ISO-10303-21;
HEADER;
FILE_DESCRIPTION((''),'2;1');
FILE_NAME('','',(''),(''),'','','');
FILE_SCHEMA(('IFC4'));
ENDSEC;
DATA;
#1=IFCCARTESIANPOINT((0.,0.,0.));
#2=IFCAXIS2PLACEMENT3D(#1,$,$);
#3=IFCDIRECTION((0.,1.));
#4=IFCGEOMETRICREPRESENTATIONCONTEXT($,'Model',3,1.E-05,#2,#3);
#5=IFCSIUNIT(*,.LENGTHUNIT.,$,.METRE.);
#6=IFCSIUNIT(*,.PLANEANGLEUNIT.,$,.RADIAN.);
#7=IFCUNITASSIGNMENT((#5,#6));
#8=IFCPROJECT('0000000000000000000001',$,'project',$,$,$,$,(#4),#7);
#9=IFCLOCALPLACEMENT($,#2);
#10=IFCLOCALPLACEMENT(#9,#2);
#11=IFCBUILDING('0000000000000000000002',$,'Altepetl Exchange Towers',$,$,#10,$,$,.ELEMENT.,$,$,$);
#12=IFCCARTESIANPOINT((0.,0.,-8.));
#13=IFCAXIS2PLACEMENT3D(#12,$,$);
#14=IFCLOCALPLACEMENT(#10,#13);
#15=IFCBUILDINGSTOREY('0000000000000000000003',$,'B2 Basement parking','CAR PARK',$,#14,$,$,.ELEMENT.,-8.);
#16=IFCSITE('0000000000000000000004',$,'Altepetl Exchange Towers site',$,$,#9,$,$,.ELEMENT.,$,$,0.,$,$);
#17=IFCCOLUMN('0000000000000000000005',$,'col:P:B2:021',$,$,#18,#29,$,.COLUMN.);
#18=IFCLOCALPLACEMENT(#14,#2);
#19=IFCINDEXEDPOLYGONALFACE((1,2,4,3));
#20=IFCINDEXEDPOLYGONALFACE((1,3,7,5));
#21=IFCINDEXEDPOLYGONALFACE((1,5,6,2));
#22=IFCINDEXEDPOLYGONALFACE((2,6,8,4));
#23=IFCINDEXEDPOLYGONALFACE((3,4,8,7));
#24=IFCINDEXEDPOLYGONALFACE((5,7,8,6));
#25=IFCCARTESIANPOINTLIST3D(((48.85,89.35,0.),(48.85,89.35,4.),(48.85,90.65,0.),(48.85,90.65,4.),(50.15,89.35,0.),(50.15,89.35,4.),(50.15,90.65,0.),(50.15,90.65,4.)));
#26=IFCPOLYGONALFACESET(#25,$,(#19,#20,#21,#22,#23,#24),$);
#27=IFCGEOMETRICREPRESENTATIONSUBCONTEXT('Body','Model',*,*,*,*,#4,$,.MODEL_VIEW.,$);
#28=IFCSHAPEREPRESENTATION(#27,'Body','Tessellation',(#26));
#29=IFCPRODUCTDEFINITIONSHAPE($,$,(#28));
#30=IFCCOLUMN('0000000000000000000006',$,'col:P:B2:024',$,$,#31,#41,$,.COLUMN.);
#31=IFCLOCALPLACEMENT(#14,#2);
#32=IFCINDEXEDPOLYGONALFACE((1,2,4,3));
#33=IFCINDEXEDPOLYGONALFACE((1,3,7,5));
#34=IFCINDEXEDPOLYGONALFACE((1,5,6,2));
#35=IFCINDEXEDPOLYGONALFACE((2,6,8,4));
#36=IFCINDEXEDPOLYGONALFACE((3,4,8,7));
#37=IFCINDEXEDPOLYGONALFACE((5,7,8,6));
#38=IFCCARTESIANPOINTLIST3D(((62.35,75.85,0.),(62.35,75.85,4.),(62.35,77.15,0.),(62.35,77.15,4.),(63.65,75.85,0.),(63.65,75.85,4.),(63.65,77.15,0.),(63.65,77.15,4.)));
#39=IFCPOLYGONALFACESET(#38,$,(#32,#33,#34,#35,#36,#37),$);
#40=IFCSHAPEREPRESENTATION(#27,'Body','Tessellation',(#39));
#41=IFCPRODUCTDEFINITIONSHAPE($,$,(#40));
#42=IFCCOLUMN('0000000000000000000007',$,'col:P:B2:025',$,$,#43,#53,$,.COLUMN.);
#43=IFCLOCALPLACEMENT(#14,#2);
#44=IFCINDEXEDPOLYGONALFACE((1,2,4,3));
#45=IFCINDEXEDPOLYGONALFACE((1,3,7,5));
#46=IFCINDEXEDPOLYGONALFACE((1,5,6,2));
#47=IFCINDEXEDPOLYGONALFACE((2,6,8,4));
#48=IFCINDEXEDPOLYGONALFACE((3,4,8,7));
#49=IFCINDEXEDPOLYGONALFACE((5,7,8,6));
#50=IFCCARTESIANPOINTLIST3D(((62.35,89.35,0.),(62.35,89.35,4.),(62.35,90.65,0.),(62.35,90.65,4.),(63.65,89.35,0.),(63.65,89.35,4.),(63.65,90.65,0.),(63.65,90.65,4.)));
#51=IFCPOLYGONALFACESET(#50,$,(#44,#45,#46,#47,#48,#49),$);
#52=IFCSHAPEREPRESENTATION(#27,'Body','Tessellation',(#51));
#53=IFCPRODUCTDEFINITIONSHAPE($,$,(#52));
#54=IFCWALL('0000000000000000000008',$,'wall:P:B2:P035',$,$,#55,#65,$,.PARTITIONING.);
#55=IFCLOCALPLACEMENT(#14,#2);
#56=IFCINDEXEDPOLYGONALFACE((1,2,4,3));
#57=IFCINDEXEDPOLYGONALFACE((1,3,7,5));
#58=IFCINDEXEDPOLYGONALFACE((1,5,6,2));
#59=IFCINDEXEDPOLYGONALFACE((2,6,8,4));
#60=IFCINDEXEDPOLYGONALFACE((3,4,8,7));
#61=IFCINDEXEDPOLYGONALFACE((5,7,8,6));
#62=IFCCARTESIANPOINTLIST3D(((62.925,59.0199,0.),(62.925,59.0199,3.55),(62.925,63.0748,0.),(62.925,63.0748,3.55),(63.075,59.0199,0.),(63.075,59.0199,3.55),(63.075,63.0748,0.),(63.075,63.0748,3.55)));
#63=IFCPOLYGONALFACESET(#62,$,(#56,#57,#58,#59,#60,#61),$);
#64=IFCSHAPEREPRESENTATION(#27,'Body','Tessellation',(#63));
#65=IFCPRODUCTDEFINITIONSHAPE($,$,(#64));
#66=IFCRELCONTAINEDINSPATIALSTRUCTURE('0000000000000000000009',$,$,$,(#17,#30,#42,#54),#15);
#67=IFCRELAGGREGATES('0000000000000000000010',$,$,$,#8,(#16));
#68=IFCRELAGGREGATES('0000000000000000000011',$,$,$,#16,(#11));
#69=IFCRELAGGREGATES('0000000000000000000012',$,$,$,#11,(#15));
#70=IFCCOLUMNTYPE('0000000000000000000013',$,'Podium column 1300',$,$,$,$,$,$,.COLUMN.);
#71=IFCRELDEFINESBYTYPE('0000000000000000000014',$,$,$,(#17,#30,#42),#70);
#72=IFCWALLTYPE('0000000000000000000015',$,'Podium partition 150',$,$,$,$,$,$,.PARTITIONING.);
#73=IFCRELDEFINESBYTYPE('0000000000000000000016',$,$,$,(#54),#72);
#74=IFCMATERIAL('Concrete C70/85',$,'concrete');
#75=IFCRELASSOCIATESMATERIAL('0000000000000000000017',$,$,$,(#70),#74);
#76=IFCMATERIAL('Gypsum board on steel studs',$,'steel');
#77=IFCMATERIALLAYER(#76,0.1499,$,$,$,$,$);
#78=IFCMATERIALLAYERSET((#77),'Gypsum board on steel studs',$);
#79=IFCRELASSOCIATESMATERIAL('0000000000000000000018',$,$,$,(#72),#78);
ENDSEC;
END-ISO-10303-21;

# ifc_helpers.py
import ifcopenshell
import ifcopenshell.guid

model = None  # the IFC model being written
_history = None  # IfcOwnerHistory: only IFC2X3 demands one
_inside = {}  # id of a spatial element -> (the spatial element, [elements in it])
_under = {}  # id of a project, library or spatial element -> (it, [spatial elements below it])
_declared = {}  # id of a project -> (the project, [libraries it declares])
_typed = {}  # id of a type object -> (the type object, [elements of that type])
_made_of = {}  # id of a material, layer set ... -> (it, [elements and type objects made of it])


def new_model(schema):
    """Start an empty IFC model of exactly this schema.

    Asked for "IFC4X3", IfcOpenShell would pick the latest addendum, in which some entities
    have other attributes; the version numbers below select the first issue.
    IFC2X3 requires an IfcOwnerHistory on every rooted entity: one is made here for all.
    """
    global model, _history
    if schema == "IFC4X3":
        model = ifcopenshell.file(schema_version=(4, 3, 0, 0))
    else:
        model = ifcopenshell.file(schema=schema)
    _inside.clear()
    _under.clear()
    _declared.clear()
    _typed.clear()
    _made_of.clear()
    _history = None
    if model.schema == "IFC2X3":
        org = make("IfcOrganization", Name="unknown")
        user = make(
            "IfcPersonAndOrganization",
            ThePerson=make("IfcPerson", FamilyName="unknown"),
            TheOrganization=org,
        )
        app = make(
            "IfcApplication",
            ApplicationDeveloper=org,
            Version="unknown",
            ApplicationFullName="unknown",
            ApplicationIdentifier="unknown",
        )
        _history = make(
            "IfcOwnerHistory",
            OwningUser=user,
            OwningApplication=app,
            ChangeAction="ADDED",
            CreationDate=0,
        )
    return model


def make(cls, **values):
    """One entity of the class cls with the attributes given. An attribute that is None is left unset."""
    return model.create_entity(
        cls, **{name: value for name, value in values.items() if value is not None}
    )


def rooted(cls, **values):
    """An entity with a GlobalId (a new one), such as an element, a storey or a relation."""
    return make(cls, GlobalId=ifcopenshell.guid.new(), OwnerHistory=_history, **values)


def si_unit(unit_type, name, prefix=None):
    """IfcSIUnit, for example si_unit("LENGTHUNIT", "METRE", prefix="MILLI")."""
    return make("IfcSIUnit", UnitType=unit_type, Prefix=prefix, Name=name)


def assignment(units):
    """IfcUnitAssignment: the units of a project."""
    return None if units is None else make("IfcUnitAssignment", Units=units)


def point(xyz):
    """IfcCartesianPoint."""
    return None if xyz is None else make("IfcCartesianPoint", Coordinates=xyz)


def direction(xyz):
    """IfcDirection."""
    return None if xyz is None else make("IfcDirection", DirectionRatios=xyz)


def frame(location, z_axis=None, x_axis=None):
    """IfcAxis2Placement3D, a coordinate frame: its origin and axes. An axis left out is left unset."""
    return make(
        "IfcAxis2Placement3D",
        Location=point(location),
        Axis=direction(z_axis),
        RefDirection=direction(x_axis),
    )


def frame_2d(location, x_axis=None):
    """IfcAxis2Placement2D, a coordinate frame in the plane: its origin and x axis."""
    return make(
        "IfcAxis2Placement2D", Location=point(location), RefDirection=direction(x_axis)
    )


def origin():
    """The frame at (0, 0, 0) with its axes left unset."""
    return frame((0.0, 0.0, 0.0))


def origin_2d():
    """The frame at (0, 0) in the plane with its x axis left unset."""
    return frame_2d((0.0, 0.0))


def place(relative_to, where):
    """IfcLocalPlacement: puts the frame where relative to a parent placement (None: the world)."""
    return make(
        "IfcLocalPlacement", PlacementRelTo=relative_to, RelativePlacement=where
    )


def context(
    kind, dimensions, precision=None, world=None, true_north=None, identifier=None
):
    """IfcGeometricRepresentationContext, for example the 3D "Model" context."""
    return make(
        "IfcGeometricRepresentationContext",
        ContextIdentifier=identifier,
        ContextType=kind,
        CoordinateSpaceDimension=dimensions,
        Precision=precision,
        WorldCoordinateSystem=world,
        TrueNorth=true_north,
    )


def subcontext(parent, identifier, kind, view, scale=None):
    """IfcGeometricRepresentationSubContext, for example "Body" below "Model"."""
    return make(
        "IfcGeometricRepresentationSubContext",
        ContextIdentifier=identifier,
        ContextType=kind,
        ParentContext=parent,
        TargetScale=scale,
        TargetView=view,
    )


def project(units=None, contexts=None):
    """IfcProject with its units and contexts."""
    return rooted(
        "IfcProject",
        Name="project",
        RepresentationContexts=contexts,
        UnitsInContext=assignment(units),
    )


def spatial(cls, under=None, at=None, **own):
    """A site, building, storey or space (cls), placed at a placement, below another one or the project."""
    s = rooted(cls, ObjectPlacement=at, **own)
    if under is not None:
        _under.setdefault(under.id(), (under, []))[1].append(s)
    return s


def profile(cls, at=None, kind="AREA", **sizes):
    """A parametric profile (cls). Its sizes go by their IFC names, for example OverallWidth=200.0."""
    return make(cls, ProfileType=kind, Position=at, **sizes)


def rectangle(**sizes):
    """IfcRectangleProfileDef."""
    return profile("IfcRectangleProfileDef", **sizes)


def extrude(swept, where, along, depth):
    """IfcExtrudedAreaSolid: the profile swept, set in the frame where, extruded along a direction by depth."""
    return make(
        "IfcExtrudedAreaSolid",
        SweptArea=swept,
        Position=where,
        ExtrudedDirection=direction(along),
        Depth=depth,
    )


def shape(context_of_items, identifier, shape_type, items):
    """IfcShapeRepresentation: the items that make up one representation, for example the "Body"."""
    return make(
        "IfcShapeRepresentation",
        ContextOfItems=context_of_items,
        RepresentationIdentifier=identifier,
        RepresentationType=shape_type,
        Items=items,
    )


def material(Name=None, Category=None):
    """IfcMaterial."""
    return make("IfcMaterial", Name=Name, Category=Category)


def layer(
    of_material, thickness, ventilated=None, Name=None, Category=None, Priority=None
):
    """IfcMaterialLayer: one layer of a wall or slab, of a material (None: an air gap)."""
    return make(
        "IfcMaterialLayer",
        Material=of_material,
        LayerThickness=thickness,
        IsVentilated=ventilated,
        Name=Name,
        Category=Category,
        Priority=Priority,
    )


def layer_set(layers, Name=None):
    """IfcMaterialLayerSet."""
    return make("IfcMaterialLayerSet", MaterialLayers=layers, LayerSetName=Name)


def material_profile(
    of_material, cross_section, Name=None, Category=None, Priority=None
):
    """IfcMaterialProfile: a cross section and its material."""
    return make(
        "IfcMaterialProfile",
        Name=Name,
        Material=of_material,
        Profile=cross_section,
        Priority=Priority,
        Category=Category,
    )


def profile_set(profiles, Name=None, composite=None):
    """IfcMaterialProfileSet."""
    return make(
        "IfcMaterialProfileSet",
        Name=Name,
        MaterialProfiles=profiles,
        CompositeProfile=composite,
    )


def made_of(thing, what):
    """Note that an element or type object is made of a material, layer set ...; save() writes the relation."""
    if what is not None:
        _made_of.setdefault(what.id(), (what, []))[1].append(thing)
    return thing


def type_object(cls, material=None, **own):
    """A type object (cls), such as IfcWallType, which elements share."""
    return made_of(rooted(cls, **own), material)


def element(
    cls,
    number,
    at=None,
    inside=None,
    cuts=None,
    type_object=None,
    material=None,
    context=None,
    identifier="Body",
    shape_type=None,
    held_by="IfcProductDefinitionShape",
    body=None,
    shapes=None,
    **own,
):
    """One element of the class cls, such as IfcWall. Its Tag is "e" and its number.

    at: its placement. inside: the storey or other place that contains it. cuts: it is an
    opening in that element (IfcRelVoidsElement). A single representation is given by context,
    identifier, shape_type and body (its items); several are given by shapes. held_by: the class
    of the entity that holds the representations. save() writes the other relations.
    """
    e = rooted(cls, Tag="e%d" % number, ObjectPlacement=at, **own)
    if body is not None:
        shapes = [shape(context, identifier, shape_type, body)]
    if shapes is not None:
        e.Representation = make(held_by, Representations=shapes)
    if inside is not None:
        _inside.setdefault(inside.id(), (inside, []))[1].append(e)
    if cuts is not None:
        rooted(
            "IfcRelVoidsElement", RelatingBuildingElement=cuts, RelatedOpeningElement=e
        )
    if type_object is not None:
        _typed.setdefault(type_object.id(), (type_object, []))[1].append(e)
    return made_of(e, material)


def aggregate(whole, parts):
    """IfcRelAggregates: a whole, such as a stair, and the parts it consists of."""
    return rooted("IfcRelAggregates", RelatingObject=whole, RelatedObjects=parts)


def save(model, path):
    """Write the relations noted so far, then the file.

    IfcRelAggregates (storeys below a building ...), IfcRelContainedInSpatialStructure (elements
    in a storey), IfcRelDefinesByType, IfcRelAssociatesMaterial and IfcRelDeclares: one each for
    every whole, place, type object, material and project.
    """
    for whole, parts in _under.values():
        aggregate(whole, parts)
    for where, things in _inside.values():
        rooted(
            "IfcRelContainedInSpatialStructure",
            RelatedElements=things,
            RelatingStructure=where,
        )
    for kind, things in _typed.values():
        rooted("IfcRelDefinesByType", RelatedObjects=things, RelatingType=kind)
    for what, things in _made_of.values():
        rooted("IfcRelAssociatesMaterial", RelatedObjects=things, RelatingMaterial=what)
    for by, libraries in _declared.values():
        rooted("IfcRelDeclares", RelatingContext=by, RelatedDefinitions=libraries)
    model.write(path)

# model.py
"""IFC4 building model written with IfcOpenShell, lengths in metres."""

from ifc_helpers import new_model, si_unit, direction, frame, frame_2d, origin, origin_2d, place, context, subcontext, project, spatial, rectangle, extrude, material, layer, layer_set, material_profile, profile_set, type_object, element, save


model = new_model("IFC4")

# Units and contexts
model_context = context("Model", 3, precision=1e-05, world=origin(), true_north=direction((0.0, 1.0)))
body_context = subcontext(model_context, "Body", "Model", "MODEL_VIEW")
ifc_project = project(units=[si_unit("LENGTHUNIT", "METRE"), si_unit("PLANEANGLEUNIT", "RADIAN")], contexts=[model_context])

# Site, building, storey
site_placement = place(None, origin())
site = spatial("IfcSite", under=ifc_project, at=site_placement, Name="Altepetl Exchange Towers site", CompositionType="ELEMENT", RefElevation=0.0)
building_placement = place(site_placement, origin())
building = spatial("IfcBuilding", under=site, at=building_placement, Name="Altepetl Exchange Towers", CompositionType="ELEMENT")
storey_placement = place(building_placement, frame((0.0, 0.0, -8.0)))
storey = spatial("IfcBuildingStorey", under=building, at=storey_placement, Name="B2 Basement parking", Description="CAR PARK", CompositionType="ELEMENT", Elevation=-8.0)

# Columns
ifc_material_1 = material(Name="Concrete C70/85", Category="concrete")
ifc_material_profile_1 = material_profile(ifc_material_1, rectangle(XDim=1.3, YDim=1.3, at=origin_2d()), Name="1300 x 1300")
ifc_profile_set_1 = profile_set([ifc_material_profile_1], Name="Concrete C70/85")
column_type_1 = type_object("IfcColumnType", Name="Podium column 1300", PredefinedType="COLUMN", material=ifc_profile_set_1)
for number, where, name in (
    (1, (49.5, 90.0, 0.0), "col:P:B2:021"),
    (2, (63.0, 76.5, 0.0), "col:P:B2:024"),
    (3, (63.0, 90.0, 0.0), "col:P:B2:025"),
):
    element("IfcColumn", number, at=place(storey_placement, frame(where)), inside=storey, type_object=column_type_1, Name=name, PredefinedType="COLUMN", context=body_context, shape_type="SweptSolid", body=[
        extrude(rectangle(XDim=1.3, YDim=1.3, at=origin_2d()), origin(), (0.0, 0.0, 1.0), 4.0),
    ])

# Wall
ifc_material_2 = material(Name="Gypsum board on steel studs", Category="steel")
ifc_layer = layer(ifc_material_2, 0.1499)
ifc_layer_set = layer_set([ifc_layer], Name="Gypsum board on steel studs")
wall_type = type_object("IfcWallType", Name="Podium partition 150", PredefinedType="PARTITIONING", material=ifc_layer_set)
wall_placement = place(storey_placement, frame((63.0, 59.02, 0.0), z_axis=(0.0, 0.0, 1.0), x_axis=(0.0, 1.0, 0.0)))
element("IfcWall", 4, at=wall_placement, inside=storey, type_object=wall_type, Name="wall:P:B2:P035", PredefinedType="PARTITIONING", context=body_context, shape_type="SweptSolid", body=[
    extrude(rectangle(XDim=4.0549, YDim=0.1499, at=frame_2d((2.0273, 0.0))), origin(), (0.0, 0.0, 1.0), 3.55),
])

save(model, "model.ifc")
